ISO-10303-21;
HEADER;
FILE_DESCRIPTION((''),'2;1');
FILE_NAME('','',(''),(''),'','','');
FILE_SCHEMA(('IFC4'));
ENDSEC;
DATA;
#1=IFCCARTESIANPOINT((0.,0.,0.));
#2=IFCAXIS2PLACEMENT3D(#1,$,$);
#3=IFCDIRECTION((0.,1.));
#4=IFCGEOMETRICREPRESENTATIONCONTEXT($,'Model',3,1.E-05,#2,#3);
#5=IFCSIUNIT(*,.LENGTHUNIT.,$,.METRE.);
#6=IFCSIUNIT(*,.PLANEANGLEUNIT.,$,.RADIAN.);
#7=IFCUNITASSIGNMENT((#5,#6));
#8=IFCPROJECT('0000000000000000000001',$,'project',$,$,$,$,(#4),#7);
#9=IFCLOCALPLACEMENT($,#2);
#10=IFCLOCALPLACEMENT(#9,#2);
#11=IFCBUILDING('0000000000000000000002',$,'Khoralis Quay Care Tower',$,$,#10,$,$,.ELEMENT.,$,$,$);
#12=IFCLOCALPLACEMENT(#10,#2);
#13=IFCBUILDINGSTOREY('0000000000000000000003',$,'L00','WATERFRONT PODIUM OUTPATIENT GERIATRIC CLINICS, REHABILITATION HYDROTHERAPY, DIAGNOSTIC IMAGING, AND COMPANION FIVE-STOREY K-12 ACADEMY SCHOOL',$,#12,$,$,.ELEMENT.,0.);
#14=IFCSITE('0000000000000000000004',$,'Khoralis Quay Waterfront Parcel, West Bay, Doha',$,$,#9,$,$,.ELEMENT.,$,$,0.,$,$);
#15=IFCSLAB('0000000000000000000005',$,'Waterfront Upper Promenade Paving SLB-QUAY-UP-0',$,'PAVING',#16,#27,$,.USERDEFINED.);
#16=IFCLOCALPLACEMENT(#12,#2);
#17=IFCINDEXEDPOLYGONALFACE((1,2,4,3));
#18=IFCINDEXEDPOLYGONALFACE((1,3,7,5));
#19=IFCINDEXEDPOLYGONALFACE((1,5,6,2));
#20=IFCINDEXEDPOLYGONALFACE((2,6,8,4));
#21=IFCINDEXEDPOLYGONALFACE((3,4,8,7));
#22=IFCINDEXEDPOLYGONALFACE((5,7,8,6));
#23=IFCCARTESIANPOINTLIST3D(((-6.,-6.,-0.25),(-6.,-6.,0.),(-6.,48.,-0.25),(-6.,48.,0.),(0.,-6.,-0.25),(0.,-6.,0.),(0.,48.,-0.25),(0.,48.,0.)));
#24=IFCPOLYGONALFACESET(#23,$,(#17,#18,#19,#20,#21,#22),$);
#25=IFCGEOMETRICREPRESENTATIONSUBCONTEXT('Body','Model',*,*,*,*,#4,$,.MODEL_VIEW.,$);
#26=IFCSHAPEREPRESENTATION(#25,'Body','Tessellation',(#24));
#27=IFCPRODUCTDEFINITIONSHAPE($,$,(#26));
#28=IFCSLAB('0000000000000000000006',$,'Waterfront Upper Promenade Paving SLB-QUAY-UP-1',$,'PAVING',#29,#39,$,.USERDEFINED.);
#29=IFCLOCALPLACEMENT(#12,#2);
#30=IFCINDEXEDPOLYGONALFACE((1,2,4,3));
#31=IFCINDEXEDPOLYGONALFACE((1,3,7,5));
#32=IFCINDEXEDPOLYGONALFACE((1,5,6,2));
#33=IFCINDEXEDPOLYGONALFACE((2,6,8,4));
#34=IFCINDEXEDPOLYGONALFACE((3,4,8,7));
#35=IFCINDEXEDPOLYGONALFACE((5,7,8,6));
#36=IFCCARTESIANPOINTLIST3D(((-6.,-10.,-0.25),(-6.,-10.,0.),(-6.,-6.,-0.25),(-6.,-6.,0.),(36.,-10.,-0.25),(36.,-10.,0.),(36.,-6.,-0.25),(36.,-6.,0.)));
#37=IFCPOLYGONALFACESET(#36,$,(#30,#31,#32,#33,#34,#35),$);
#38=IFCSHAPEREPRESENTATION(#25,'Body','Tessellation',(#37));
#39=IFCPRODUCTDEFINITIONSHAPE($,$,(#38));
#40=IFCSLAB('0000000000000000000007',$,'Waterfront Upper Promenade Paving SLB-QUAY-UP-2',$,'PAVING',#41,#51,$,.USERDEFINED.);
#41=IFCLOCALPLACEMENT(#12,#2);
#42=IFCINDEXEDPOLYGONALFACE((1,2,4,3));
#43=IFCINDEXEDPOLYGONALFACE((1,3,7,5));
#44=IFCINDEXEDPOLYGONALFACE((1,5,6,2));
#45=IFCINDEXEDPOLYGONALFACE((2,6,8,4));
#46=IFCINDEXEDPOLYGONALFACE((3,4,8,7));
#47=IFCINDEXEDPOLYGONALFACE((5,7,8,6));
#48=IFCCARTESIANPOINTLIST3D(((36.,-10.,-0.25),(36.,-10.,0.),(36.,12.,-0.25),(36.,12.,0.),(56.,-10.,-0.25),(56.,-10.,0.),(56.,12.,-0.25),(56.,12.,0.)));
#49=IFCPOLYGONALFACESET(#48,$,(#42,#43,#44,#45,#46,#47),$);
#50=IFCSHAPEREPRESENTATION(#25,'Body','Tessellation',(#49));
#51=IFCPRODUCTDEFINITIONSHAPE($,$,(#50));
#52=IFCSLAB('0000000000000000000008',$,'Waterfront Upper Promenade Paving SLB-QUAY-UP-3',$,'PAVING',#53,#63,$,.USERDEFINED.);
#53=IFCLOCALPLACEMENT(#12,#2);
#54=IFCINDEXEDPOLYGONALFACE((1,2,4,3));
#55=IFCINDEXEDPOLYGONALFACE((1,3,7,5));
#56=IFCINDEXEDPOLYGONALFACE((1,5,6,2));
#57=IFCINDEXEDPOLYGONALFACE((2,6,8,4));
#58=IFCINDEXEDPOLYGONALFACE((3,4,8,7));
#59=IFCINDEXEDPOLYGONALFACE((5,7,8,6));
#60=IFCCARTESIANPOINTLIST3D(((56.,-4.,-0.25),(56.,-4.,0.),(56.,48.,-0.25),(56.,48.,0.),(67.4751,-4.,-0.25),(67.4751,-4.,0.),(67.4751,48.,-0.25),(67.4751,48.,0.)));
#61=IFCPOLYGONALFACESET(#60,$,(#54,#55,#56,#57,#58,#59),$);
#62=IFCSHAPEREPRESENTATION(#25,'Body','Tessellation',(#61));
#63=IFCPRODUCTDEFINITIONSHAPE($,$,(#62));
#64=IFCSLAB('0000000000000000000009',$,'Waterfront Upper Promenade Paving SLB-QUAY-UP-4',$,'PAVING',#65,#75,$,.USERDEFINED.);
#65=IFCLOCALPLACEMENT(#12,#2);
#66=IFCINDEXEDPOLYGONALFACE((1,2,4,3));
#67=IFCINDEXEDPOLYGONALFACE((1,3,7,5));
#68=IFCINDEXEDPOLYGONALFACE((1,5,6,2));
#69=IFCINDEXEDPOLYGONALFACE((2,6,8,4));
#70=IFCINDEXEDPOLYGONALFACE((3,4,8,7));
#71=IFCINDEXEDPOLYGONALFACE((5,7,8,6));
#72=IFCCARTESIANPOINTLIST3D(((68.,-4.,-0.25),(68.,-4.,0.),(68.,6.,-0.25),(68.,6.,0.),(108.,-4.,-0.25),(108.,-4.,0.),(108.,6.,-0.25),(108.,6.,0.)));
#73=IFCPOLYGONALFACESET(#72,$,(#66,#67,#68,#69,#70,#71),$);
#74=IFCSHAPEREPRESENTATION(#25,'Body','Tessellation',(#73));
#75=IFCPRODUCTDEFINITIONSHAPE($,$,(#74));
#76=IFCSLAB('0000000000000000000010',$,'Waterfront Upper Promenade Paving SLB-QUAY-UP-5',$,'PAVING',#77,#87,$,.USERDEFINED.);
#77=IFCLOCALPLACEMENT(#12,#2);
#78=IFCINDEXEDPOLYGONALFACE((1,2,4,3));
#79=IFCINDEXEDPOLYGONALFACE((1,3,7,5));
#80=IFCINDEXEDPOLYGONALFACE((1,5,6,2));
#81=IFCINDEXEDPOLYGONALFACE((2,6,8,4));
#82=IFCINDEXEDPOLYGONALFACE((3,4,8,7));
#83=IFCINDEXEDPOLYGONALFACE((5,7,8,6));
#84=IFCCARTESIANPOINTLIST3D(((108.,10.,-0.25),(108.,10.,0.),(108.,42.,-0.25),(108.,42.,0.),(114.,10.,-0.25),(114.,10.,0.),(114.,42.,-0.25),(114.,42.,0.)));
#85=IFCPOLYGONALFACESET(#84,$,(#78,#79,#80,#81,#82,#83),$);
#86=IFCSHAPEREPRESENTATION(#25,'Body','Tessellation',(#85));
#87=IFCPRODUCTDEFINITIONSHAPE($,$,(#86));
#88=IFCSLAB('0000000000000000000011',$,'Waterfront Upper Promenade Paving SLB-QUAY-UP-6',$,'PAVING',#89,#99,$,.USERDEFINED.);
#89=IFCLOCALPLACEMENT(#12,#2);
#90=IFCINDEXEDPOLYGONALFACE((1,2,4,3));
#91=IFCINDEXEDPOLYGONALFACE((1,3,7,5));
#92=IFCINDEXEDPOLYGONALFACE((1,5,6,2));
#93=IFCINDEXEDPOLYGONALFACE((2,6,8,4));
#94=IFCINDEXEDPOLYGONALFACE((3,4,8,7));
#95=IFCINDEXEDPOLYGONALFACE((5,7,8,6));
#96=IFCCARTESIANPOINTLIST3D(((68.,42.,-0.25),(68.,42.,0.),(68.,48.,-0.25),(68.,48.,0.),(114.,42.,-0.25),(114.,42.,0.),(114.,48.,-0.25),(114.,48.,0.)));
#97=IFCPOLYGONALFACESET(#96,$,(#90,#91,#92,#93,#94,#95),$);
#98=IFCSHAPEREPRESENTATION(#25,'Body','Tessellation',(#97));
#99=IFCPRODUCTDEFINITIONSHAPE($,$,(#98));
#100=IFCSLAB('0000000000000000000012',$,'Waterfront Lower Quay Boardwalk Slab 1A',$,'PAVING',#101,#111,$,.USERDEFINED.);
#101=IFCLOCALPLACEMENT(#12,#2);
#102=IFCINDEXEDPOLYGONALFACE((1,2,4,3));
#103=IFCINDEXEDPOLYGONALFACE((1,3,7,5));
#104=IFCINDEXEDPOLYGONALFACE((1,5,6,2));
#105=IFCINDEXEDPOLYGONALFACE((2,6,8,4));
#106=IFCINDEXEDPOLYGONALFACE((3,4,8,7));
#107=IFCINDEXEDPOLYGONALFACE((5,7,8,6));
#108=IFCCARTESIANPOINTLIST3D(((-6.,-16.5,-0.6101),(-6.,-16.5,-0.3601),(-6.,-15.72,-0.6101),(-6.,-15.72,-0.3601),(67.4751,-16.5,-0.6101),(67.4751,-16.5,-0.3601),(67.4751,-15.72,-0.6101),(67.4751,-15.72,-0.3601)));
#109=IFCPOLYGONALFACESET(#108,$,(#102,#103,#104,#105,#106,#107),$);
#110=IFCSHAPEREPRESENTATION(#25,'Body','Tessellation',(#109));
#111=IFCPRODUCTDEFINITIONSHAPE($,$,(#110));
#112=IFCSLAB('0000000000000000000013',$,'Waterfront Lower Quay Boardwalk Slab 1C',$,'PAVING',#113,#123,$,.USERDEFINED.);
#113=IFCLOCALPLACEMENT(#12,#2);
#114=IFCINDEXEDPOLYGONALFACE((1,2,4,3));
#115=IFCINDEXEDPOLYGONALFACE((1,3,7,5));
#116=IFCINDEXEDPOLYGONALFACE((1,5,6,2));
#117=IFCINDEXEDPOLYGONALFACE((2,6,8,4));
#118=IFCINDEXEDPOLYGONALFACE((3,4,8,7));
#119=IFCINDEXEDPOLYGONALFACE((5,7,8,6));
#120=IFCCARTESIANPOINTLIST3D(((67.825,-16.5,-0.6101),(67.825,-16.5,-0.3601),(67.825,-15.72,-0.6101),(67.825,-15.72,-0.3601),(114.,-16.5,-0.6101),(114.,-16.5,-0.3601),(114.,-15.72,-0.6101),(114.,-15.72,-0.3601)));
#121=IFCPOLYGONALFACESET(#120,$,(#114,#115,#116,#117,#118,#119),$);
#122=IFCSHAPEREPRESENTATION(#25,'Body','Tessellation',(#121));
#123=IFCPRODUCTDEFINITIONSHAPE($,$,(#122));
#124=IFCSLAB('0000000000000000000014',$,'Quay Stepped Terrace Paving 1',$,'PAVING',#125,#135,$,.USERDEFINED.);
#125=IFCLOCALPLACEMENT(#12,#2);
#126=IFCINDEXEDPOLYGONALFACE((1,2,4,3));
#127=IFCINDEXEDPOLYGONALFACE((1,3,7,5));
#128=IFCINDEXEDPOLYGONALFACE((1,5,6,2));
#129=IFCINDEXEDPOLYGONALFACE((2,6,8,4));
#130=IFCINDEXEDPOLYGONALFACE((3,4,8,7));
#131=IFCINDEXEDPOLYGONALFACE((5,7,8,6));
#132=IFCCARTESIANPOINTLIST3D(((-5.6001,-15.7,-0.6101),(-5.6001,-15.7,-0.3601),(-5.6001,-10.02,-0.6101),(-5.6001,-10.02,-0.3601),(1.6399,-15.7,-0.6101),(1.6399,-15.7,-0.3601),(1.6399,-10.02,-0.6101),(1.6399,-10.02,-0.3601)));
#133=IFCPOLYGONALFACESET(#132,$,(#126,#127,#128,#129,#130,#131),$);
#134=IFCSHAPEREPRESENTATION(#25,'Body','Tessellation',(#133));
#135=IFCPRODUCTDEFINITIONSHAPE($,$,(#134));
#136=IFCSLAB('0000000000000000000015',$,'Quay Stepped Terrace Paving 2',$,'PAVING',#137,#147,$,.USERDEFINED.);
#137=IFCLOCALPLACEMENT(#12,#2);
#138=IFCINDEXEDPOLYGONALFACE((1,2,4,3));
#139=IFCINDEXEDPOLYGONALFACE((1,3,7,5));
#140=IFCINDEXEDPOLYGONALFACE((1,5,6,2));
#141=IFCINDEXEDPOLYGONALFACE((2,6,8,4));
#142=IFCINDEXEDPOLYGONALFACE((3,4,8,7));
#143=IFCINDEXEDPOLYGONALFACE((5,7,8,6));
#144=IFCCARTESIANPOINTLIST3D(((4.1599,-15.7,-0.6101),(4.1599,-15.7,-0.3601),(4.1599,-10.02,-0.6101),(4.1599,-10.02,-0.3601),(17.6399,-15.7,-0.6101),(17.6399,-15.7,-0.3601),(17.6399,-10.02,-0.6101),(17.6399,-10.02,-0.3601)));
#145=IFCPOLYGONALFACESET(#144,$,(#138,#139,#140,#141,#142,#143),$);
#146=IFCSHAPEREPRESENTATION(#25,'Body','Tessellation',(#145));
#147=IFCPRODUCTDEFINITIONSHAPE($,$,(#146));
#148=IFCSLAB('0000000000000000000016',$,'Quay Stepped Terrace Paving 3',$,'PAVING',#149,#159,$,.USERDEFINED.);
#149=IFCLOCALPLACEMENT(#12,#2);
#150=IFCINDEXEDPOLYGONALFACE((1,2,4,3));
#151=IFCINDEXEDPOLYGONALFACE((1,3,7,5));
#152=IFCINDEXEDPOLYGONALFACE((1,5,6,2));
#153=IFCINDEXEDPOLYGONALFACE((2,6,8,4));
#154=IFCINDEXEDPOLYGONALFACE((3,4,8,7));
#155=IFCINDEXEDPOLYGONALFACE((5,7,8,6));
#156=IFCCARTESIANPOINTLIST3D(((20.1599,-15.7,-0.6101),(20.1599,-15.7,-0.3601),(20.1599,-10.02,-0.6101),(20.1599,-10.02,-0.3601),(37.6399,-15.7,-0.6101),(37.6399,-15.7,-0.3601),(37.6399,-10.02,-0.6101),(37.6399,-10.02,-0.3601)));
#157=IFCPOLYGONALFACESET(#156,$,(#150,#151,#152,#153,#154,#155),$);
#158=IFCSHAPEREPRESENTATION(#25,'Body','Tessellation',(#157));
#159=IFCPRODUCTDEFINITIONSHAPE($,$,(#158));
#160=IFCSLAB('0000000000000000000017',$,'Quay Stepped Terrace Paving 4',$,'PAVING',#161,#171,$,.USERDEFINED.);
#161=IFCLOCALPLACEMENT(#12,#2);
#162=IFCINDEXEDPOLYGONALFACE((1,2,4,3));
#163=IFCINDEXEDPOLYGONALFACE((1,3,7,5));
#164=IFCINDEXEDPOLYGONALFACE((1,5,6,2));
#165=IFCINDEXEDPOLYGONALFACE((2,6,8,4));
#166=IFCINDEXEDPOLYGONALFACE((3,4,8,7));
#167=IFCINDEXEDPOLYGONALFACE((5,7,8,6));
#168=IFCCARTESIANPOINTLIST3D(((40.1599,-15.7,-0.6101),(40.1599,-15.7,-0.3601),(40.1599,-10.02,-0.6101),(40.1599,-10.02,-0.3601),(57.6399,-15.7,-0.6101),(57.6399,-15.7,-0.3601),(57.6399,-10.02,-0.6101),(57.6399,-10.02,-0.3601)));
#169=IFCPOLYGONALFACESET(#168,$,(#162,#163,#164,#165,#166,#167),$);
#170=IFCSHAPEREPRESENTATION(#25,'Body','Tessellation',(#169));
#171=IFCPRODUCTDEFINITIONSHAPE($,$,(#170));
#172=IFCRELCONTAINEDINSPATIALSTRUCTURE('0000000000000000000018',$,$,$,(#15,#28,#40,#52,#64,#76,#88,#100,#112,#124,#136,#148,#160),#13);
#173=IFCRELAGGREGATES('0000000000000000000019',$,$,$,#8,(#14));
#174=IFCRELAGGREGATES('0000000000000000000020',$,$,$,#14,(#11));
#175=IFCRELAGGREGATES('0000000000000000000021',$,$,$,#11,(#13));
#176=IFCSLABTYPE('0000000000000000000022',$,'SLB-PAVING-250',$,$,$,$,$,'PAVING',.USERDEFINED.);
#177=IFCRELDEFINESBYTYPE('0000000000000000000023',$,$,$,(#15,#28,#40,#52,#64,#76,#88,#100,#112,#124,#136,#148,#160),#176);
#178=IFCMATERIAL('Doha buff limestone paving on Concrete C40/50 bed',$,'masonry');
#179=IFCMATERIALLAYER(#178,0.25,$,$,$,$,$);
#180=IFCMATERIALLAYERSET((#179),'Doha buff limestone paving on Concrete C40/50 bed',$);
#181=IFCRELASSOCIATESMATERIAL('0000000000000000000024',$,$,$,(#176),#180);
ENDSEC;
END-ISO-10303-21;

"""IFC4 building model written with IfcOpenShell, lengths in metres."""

from ifc_helpers import new_model, si_unit, direction, frame, origin, place, context, subcontext, project, spatial, polyline, outline, extrude, material, layer, layer_set, type_object, element, save


model = new_model("IFC4")

# Units and contexts
model_context = context("Model", 3, precision=1e-05, world=origin(), true_north=direction((0.0, 1.0)))
body_context = subcontext(model_context, "Body", "Model", "MODEL_VIEW")
ifc_project = project(units=[si_unit("LENGTHUNIT", "METRE"), si_unit("PLANEANGLEUNIT", "RADIAN")], contexts=[model_context])

# Site, building, storey
site_placement = place(None, origin())
site = spatial("IfcSite", under=ifc_project, at=site_placement, Name="Khoralis Quay Waterfront Parcel, West Bay, Doha", CompositionType="ELEMENT", RefElevation=0.0)
building_placement = place(site_placement, origin())
building = spatial("IfcBuilding", under=site, at=building_placement, Name="Khoralis Quay Care Tower", CompositionType="ELEMENT")
storey_placement = place(building_placement, origin())
storey = spatial("IfcBuildingStorey", under=building, at=storey_placement, Name="L00", Description="WATERFRONT PODIUM OUTPATIENT GERIATRIC CLINICS, REHABILITATION HYDROTHERAPY, DIAGNOSTIC IMAGING, AND COMPANION FIVE-STOREY K-12 ACADEMY SCHOOL", CompositionType="ELEMENT", Elevation=0.0)

# Slabs
ifc_material_1 = material(Name="Doha buff limestone paving on Concrete C40/50 bed", Category="masonry")
ifc_layer_1 = layer(ifc_material_1, 0.25)
ifc_layer_set_1 = layer_set([ifc_layer_1], Name="Doha buff limestone paving on Concrete C40/50 bed")
slab_type_1 = type_object("IfcSlabType", Name="SLB-PAVING-250", ElementType="PAVING", PredefinedType="USERDEFINED", material=ifc_layer_set_1)
slab_1_placement = place(storey_placement, frame((0.0, 0.0, -0.25)))
element("IfcSlab", 1, at=slab_1_placement, inside=storey, type_object=slab_type_1, Name="Waterfront Upper Promenade Paving SLB-QUAY-UP-0", ObjectType="PAVING", PredefinedType="USERDEFINED", context=body_context, shape_type="SweptSolid", body=[
    extrude(outline(polyline([(-6.0, -6.0), (0.0, -6.0), (0.0, 48.0), (-6.0, 48.0), (-6.0, -6.0)])), origin(), (0.0, 0.0, 1.0), 0.25),
])
slab_2_placement = place(storey_placement, frame((0.0, 0.0, -0.25)))
element("IfcSlab", 2, at=slab_2_placement, inside=storey, type_object=slab_type_1, Name="Waterfront Upper Promenade Paving SLB-QUAY-UP-1", ObjectType="PAVING", PredefinedType="USERDEFINED", context=body_context, shape_type="SweptSolid", body=[
    extrude(outline(polyline([(-6.0, -10.0), (36.0, -10.0), (36.0, -6.0), (-6.0, -6.0), (-6.0, -10.0)])), origin(), (0.0, 0.0, 1.0), 0.25),
])
slab_3_placement = place(storey_placement, frame((0.0, 0.0, -0.25)))
element("IfcSlab", 3, at=slab_3_placement, inside=storey, type_object=slab_type_1, Name="Waterfront Upper Promenade Paving SLB-QUAY-UP-2", ObjectType="PAVING", PredefinedType="USERDEFINED", context=body_context, shape_type="SweptSolid", body=[
    extrude(outline(polyline([(36.0, -10.0), (56.0, -10.0), (56.0, 12.0), (36.0, 12.0), (36.0, -10.0)])), origin(), (0.0, 0.0, 1.0), 0.25),
])
slab_4_placement = place(storey_placement, frame((0.0, 0.0, -0.25)))
element("IfcSlab", 4, at=slab_4_placement, inside=storey, type_object=slab_type_1, Name="Waterfront Upper Promenade Paving SLB-QUAY-UP-3", ObjectType="PAVING", PredefinedType="USERDEFINED", context=body_context, shape_type="SweptSolid", body=[
    extrude(outline(polyline([(56.0, -4.0), (67.4751, -4.0), (67.4751, 48.0), (56.0, 48.0), (56.0, -4.0)])), origin(), (0.0, 0.0, 1.0), 0.25),
])
slab_5_placement = place(storey_placement, frame((0.0, 0.0, -0.25)))
element("IfcSlab", 5, at=slab_5_placement, inside=storey, type_object=slab_type_1, Name="Waterfront Upper Promenade Paving SLB-QUAY-UP-4", ObjectType="PAVING", PredefinedType="USERDEFINED", context=body_context, shape_type="SweptSolid", body=[
    extrude(outline(polyline([(68.0, -4.0), (108.0, -4.0), (108.0, 6.0), (68.0, 6.0), (68.0, -4.0)])), origin(), (0.0, 0.0, 1.0), 0.25),
])
slab_6_placement = place(storey_placement, frame((0.0, 0.0, -0.25)))
element("IfcSlab", 6, at=slab_6_placement, inside=storey, type_object=slab_type_1, Name="Waterfront Upper Promenade Paving SLB-QUAY-UP-5", ObjectType="PAVING", PredefinedType="USERDEFINED", context=body_context, shape_type="SweptSolid", body=[
    extrude(outline(polyline([(108.0, 10.0), (114.0, 10.0), (114.0, 42.0), (108.0, 42.0), (108.0, 10.0)])), origin(), (0.0, 0.0, 1.0), 0.25),
])
slab_7_placement = place(storey_placement, frame((0.0, 0.0, -0.25)))
element("IfcSlab", 7, at=slab_7_placement, inside=storey, type_object=slab_type_1, Name="Waterfront Upper Promenade Paving SLB-QUAY-UP-6", ObjectType="PAVING", PredefinedType="USERDEFINED", context=body_context, shape_type="SweptSolid", body=[
    extrude(outline(polyline([(68.0, 42.0), (114.0, 42.0), (114.0, 48.0), (68.0, 48.0), (68.0, 42.0)])), origin(), (0.0, 0.0, 1.0), 0.25),
])
slab_8_placement = place(storey_placement, frame((0.0, 0.0, -0.6101)))
element("IfcSlab", 8, at=slab_8_placement, inside=storey, type_object=slab_type_1, Name="Waterfront Lower Quay Boardwalk Slab 1A", ObjectType="PAVING", PredefinedType="USERDEFINED", context=body_context, shape_type="SweptSolid", body=[
    extrude(outline(polyline([(-6.0, -16.5), (67.4751, -16.5), (67.4751, -15.72), (-6.0, -15.72), (-6.0, -16.5)])), origin(), (0.0, 0.0, 1.0), 0.25),
])
slab_9_placement = place(storey_placement, frame((0.0, 0.0, -0.6101)))
element("IfcSlab", 9, at=slab_9_placement, inside=storey, type_object=slab_type_1, Name="Waterfront Lower Quay Boardwalk Slab 1C", ObjectType="PAVING", PredefinedType="USERDEFINED", context=body_context, shape_type="SweptSolid", body=[
    extrude(outline(polyline([(67.825, -16.5), (114.0, -16.5), (114.0, -15.72), (67.825, -15.72), (67.825, -16.5)])), origin(), (0.0, 0.0, 1.0), 0.25),
])
slab_10_placement = place(storey_placement, frame((0.0, 0.0, -0.6101)))
element("IfcSlab", 10, at=slab_10_placement, inside=storey, type_object=slab_type_1, Name="Quay Stepped Terrace Paving 1", ObjectType="PAVING", PredefinedType="USERDEFINED", context=body_context, shape_type="SweptSolid", body=[
    extrude(outline(polyline([(-5.6001, -15.7), (1.6399, -15.7), (1.6399, -10.02), (-5.6001, -10.02), (-5.6001, -15.7)])), origin(), (0.0, 0.0, 1.0), 0.25),
])
slab_11_placement = place(storey_placement, frame((0.0, 0.0, -0.6101)))
element("IfcSlab", 11, at=slab_11_placement, inside=storey, type_object=slab_type_1, Name="Quay Stepped Terrace Paving 2", ObjectType="PAVING", PredefinedType="USERDEFINED", context=body_context, shape_type="SweptSolid", body=[
    extrude(outline(polyline([(4.1599, -15.7), (17.6399, -15.7), (17.6399, -10.02), (4.1599, -10.02), (4.1599, -15.7)])), origin(), (0.0, 0.0, 1.0), 0.25),
])
slab_12_placement = place(storey_placement, frame((0.0, 0.0, -0.6101)))
element("IfcSlab", 12, at=slab_12_placement, inside=storey, type_object=slab_type_1, Name="Quay Stepped Terrace Paving 3", ObjectType="PAVING", PredefinedType="USERDEFINED", context=body_context, shape_type="SweptSolid", body=[
    extrude(outline(polyline([(20.1599, -15.7), (37.6399, -15.7), (37.6399, -10.02), (20.1599, -10.02), (20.1599, -15.7)])), origin(), (0.0, 0.0, 1.0), 0.25),
])
slab_13_placement = place(storey_placement, frame((0.0, 0.0, -0.6101)))
element("IfcSlab", 13, at=slab_13_placement, inside=storey, type_object=slab_type_1, Name="Quay Stepped Terrace Paving 4", ObjectType="PAVING", PredefinedType="USERDEFINED", context=body_context, shape_type="SweptSolid", body=[
    extrude(outline(polyline([(40.1599, -15.7), (57.6399, -15.7), (57.6399, -10.02), (40.1599, -10.02), (40.1599, -15.7)])), origin(), (0.0, 0.0, 1.0), 0.25),
])

save(model, "model.ifc")
